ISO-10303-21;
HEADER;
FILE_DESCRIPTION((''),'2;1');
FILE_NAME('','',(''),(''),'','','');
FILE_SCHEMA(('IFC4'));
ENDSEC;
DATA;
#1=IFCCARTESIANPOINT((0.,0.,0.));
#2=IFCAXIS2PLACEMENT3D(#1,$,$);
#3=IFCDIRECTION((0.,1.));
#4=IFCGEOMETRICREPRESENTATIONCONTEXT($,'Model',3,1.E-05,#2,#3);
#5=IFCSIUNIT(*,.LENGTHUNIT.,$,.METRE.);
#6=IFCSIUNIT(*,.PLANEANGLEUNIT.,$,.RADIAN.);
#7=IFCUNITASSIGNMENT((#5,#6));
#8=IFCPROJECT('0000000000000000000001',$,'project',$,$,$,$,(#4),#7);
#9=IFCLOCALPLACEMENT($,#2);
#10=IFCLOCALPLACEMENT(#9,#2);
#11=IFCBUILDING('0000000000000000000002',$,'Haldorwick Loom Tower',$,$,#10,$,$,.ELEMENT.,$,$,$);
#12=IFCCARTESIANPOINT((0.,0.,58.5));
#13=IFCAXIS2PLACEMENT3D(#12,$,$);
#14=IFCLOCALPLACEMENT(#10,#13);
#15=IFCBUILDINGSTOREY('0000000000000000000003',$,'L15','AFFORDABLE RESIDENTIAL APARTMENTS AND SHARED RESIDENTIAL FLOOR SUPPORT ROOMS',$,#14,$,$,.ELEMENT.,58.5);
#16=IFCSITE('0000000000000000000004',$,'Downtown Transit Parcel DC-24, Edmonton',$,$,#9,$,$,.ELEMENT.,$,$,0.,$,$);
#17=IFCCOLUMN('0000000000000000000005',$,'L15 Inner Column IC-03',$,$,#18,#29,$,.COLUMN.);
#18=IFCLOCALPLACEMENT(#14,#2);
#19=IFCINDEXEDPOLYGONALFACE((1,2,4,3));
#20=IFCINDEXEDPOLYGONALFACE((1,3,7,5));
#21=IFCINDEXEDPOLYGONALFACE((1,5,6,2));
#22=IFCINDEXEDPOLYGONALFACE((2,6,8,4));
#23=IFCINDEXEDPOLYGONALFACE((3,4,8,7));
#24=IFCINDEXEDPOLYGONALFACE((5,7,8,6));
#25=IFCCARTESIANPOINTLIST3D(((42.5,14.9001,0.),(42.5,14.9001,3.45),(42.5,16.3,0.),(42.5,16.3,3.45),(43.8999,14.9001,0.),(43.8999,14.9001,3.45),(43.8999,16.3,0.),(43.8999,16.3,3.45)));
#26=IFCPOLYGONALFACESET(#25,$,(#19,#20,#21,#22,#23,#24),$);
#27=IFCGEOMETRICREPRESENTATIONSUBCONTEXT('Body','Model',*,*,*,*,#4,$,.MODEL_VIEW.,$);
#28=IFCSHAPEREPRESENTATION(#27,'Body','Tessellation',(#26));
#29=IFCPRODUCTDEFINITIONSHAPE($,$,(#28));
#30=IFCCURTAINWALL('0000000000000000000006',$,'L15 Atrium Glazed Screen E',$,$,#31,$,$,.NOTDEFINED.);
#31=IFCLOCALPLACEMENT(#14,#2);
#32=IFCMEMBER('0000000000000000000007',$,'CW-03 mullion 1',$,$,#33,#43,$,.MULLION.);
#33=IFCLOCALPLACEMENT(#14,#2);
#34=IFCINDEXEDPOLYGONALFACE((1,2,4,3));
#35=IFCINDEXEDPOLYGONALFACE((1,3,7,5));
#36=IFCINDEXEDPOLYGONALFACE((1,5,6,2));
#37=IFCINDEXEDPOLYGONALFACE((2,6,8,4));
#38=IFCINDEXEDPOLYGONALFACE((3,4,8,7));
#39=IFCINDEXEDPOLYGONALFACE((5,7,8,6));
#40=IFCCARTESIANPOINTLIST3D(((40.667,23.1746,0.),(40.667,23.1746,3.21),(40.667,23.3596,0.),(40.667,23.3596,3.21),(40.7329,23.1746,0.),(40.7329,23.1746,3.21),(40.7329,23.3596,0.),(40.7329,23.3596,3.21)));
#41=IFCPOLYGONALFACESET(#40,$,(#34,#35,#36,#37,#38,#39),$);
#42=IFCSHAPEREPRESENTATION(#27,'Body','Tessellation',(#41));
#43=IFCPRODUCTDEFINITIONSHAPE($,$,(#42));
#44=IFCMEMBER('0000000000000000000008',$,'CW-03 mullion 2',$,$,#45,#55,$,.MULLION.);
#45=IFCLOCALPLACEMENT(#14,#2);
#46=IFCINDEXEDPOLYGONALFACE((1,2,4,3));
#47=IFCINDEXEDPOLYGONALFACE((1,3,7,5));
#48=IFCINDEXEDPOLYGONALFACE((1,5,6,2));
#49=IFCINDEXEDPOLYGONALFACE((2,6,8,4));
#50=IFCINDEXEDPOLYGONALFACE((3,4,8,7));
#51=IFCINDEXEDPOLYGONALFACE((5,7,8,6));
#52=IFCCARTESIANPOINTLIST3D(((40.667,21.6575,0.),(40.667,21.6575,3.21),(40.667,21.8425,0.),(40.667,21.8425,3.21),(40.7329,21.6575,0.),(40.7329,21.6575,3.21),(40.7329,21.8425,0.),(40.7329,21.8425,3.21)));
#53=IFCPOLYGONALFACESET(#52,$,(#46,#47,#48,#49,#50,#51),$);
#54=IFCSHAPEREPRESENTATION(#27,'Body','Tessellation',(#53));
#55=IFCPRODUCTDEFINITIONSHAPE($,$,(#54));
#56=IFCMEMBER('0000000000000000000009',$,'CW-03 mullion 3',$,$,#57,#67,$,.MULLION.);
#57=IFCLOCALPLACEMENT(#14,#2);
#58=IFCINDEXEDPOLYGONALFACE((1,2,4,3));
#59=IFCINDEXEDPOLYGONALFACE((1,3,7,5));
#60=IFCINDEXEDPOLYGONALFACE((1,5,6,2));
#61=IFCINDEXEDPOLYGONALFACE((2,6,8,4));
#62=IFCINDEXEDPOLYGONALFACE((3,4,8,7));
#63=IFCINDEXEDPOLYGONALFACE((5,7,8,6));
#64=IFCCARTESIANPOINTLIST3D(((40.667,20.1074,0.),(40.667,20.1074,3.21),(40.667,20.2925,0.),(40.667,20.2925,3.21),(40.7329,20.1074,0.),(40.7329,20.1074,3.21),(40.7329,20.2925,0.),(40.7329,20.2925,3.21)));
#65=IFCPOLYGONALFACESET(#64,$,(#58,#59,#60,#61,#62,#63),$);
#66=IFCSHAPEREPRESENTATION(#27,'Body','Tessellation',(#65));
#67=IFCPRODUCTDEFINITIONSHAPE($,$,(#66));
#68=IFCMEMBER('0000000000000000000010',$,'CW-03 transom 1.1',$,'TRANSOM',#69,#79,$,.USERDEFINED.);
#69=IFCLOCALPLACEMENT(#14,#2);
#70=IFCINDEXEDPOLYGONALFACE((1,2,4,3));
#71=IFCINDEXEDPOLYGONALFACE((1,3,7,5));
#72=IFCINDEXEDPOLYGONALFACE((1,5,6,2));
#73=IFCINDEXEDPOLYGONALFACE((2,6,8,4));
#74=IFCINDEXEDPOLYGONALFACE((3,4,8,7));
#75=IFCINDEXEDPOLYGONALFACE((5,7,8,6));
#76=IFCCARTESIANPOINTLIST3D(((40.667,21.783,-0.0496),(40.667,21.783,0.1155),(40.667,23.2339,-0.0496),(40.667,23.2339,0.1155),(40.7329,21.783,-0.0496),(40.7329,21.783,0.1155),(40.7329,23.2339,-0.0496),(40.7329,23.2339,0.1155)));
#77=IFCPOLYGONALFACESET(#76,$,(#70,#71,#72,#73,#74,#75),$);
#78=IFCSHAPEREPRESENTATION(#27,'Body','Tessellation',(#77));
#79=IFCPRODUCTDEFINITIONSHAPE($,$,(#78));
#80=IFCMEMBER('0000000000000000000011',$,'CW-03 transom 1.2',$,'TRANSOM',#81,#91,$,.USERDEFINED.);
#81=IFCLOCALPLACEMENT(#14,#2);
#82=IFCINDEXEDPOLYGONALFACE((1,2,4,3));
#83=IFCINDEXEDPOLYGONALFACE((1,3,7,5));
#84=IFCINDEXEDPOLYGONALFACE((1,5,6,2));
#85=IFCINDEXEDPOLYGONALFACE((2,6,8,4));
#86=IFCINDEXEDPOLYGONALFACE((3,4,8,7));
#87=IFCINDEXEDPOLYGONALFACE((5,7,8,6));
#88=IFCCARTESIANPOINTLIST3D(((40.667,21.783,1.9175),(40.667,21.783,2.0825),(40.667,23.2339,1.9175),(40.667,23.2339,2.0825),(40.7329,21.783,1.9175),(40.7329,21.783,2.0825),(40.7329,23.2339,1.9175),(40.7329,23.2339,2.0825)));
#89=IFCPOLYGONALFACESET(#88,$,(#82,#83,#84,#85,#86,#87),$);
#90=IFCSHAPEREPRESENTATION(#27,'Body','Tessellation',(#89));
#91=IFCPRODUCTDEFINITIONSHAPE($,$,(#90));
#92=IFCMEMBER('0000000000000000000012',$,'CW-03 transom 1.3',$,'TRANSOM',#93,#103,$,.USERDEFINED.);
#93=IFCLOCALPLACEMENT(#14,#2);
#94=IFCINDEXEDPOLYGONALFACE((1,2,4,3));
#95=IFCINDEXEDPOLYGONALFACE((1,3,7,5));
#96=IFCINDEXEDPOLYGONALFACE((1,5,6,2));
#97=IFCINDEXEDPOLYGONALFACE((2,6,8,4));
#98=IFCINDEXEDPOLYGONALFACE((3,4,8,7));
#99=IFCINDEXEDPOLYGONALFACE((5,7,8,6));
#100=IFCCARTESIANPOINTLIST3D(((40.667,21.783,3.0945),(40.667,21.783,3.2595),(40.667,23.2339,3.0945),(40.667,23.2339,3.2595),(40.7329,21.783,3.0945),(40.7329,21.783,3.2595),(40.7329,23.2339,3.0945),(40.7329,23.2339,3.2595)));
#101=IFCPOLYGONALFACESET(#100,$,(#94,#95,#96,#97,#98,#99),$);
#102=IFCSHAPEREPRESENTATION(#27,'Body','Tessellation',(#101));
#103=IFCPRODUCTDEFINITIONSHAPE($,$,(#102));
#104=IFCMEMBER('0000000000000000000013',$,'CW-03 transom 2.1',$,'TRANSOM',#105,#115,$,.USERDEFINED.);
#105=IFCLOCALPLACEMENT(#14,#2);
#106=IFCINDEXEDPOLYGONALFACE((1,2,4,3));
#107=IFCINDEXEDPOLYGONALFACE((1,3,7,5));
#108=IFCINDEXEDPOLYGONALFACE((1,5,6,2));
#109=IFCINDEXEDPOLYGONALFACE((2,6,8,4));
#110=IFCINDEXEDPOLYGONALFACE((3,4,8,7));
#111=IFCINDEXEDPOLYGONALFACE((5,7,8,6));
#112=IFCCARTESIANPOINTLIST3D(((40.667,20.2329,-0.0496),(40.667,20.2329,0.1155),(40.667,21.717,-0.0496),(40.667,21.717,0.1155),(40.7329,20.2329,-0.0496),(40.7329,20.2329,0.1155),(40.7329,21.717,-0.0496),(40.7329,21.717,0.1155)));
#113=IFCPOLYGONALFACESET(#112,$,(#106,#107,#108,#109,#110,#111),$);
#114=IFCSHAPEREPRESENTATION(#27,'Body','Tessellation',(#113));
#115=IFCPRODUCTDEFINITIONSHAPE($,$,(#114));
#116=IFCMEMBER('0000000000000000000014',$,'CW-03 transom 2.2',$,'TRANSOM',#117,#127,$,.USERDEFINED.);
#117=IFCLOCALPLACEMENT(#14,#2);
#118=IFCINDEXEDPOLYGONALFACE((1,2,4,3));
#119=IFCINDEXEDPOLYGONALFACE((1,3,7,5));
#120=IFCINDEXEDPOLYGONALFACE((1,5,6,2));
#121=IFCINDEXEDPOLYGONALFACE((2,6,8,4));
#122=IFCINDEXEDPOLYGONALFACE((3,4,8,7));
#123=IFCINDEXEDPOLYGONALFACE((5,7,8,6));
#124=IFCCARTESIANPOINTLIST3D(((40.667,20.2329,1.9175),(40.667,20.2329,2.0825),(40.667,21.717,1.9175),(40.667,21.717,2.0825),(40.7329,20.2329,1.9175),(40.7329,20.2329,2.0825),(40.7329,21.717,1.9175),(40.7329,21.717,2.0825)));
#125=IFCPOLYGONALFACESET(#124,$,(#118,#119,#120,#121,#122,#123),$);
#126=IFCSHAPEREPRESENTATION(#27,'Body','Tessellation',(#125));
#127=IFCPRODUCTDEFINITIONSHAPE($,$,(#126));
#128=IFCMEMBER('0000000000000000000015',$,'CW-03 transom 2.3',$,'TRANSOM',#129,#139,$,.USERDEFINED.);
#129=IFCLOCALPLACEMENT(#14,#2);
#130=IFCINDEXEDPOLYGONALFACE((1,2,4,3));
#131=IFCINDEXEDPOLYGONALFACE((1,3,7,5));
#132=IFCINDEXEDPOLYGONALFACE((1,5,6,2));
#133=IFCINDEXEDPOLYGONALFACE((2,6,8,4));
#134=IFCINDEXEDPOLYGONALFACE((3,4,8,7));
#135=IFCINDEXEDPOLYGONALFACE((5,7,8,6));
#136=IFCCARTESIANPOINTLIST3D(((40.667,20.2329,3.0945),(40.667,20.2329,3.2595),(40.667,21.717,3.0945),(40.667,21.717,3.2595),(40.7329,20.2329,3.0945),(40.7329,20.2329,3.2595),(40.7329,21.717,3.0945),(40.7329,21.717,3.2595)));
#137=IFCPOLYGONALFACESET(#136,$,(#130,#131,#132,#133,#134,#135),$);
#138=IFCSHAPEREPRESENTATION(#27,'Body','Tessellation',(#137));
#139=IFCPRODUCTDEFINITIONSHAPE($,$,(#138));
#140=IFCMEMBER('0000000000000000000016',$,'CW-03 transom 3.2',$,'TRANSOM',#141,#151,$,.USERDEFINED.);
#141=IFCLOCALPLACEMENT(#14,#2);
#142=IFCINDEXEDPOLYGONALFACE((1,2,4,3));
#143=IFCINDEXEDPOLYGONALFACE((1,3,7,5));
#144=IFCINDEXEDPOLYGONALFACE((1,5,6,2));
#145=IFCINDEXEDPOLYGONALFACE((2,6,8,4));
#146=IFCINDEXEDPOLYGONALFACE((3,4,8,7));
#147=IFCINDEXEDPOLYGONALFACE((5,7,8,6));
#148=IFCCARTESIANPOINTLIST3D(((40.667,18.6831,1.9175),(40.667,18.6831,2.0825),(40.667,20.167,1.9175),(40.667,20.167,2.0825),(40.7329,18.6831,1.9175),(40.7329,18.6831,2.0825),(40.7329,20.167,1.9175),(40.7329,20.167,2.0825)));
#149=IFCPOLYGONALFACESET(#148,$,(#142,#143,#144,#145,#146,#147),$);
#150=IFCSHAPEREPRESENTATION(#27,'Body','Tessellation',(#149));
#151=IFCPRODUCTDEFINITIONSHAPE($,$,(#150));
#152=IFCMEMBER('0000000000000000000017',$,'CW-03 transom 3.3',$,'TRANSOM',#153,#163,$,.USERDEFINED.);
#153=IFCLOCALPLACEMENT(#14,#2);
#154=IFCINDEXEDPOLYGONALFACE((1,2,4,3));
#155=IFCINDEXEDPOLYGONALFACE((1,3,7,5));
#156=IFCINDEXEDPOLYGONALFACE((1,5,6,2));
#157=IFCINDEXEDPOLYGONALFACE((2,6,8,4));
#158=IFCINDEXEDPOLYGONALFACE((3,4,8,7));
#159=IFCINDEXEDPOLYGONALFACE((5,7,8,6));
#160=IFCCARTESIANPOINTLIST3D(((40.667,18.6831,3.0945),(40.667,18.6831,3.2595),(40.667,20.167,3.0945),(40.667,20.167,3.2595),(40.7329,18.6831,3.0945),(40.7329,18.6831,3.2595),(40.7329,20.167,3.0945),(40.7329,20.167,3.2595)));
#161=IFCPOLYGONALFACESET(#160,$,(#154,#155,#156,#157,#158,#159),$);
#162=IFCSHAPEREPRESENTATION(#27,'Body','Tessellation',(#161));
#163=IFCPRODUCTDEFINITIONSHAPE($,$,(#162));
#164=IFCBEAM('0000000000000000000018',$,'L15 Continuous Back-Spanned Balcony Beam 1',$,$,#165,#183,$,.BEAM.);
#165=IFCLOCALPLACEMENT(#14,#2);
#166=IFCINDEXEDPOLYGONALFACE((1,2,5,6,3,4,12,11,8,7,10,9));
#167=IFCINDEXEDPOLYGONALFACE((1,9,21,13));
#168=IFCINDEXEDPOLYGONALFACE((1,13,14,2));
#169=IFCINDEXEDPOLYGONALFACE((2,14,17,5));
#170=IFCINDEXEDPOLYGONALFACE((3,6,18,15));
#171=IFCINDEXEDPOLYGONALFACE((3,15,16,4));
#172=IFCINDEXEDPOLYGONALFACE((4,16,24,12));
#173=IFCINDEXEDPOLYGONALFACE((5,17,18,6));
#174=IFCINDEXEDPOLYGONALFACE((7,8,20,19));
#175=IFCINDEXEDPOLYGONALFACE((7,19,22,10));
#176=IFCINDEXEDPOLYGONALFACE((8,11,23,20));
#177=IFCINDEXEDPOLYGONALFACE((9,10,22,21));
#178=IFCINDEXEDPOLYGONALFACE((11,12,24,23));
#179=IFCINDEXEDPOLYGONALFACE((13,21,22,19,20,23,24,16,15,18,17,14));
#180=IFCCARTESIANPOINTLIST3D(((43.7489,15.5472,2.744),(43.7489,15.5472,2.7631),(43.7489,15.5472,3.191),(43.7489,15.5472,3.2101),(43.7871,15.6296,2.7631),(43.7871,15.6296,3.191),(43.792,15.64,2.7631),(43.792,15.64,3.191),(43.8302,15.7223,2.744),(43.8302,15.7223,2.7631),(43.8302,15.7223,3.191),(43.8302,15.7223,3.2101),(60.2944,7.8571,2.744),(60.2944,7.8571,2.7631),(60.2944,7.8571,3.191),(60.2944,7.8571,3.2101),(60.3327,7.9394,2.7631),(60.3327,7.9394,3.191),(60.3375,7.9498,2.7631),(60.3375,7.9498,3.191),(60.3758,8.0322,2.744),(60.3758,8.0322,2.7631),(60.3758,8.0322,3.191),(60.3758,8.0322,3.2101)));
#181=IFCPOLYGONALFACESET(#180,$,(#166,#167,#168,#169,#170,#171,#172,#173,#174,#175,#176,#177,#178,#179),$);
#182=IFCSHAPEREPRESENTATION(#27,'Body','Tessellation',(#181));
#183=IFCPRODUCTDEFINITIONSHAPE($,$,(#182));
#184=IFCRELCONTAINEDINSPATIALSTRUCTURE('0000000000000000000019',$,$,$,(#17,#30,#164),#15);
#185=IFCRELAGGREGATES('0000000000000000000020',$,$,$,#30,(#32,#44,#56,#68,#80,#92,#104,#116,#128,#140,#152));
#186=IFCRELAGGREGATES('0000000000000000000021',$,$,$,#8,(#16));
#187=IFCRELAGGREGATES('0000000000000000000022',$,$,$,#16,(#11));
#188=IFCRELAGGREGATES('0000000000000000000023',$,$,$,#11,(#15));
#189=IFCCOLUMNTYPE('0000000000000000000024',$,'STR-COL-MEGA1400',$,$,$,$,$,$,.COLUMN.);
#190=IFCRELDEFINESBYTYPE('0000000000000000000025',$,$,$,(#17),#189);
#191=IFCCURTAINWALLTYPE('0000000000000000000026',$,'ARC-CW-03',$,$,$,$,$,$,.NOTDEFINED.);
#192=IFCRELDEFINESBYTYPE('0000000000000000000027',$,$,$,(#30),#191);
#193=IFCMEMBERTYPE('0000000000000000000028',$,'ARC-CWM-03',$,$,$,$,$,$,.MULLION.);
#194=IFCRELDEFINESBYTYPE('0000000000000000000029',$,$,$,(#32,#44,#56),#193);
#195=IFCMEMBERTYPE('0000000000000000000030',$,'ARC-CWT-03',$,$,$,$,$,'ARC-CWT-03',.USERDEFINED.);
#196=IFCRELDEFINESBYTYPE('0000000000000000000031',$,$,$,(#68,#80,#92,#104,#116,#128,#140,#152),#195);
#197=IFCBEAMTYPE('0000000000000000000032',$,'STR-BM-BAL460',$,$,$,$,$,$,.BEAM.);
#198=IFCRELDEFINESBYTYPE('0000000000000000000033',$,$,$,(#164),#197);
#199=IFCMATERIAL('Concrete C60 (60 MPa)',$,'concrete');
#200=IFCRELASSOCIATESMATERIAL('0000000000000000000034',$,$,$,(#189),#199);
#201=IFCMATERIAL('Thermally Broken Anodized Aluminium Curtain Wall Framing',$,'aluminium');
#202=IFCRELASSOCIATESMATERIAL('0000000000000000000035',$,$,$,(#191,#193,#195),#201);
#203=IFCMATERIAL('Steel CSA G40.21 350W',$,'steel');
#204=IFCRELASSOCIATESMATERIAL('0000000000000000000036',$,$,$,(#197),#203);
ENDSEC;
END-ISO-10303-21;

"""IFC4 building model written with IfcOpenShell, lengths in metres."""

from ifc_helpers import new_model, si_unit, direction, frame, origin, origin_2d, place, context, subcontext, project, spatial, rectangle, i_section, extrude, material, material_profile, profile_set, type_object, element, aggregate, save


model = new_model("IFC4")

# Units and contexts
model_context = context("Model", 3, precision=1e-05, world=origin(), true_north=direction((0.0, 1.0)))
body_context = subcontext(model_context, "Body", "Model", "MODEL_VIEW")
ifc_project = project(units=[si_unit("LENGTHUNIT", "METRE"), si_unit("PLANEANGLEUNIT", "RADIAN")], contexts=[model_context])

# Site, building, storey
site_placement = place(None, origin())
site = spatial("IfcSite", under=ifc_project, at=site_placement, Name="Downtown Transit Parcel DC-24, Edmonton", CompositionType="ELEMENT", RefElevation=0.0)
building_placement = place(site_placement, origin())
building = spatial("IfcBuilding", under=site, at=building_placement, Name="Haldorwick Loom Tower", CompositionType="ELEMENT")
storey_placement = place(building_placement, frame((0.0, 0.0, 58.5)))
storey = spatial("IfcBuildingStorey", under=building, at=storey_placement, Name="L15", Description="AFFORDABLE RESIDENTIAL APARTMENTS AND SHARED RESIDENTIAL FLOOR SUPPORT ROOMS", CompositionType="ELEMENT", Elevation=58.5)

# Column
ifc_material_1 = material(Name="Concrete C60 (60 MPa)", Category="concrete")
ifc_material_profile_1 = material_profile(ifc_material_1, rectangle(XDim=1.3999, YDim=1.3999, at=origin_2d()), Name="RC1400X1400", Category="concrete")
ifc_profile_set_1 = profile_set([ifc_material_profile_1], Name="Concrete C60 (60 MPa)")
column_type = type_object("IfcColumnType", Name="STR-COL-MEGA1400", PredefinedType="COLUMN", material=ifc_profile_set_1)
column_placement = place(storey_placement, frame((43.2, 15.6001, 0.0), z_axis=(0.0, 0.0, 1.0), x_axis=(1.0, 0.0, 0.0)))
element("IfcColumn", 1, at=column_placement, inside=storey, type_object=column_type, Name="L15 Inner Column IC-03", PredefinedType="COLUMN", context=body_context, shape_type="SweptSolid", body=[
    extrude(rectangle(XDim=1.3999, YDim=1.3999, at=origin_2d()), origin(), (0.0, 0.0, 1.0), 3.45),
])

# Curtain wall, members
ifc_material_2 = material(Name="Thermally Broken Anodized Aluminium Curtain Wall Framing", Category="aluminium")
curtain_wall_type = type_object("IfcCurtainWallType", Name="ARC-CW-03", PredefinedType="NOTDEFINED", material=ifc_material_2)
curtain_wall_placement = place(storey_placement, origin())
curtain_wall = element("IfcCurtainWall", 2, at=curtain_wall_placement, inside=storey, type_object=curtain_wall_type, Name="L15 Atrium Glazed Screen E", PredefinedType="NOTDEFINED")
ifc_material_profile_2 = material_profile(ifc_material_2, rectangle(XDim=0.0659, YDim=0.1851, at=origin_2d()), Name="ALU_MUL_66X185", Category="aluminium")
ifc_profile_set_2 = profile_set([ifc_material_profile_2], Name="Thermally Broken Anodized Aluminium Curtain Wall Framing")
member_type_1 = type_object("IfcMemberType", Name="ARC-CWM-03", PredefinedType="MULLION", material=ifc_profile_set_2)
member_1_placement = place(storey_placement, frame((40.7, 23.2671, 0.0), z_axis=(0.0, 0.0, 1.0), x_axis=(1.0, 0.0, 0.0)))
member_1 = element("IfcMember", 3, at=member_1_placement, type_object=member_type_1, Name="CW-03 mullion 1", PredefinedType="MULLION", context=body_context, shape_type="SweptSolid", body=[
    extrude(rectangle(XDim=0.0659, YDim=0.1851, at=origin_2d()), origin(), (0.0, 0.0, 1.0), 3.21),
])
member_2_placement = place(storey_placement, frame((40.7, 21.75, 0.0), z_axis=(0.0, 0.0, 1.0), x_axis=(1.0, 0.0, 0.0)))
member_2 = element("IfcMember", 4, at=member_2_placement, type_object=member_type_1, Name="CW-03 mullion 2", PredefinedType="MULLION", context=body_context, shape_type="SweptSolid", body=[
    extrude(rectangle(XDim=0.0659, YDim=0.1851, at=origin_2d()), origin(), (0.0, 0.0, 1.0), 3.21),
])
member_3_placement = place(storey_placement, frame((40.7, 20.2, 0.0), z_axis=(0.0, 0.0, 1.0), x_axis=(1.0, 0.0, 0.0)))
member_3 = element("IfcMember", 5, at=member_3_placement, type_object=member_type_1, Name="CW-03 mullion 3", PredefinedType="MULLION", context=body_context, shape_type="SweptSolid", body=[
    extrude(rectangle(XDim=0.0659, YDim=0.1851, at=origin_2d()), origin(), (0.0, 0.0, 1.0), 3.21),
])
ifc_material_profile_3 = material_profile(ifc_material_2, rectangle(XDim=0.0659, YDim=0.165, at=origin_2d()), Name="ALU_TRN_66X165", Category="aluminium")
ifc_profile_set_3 = profile_set([ifc_material_profile_3], Name="Thermally Broken Anodized Aluminium Curtain Wall Framing")
member_type_2 = type_object("IfcMemberType", Name="ARC-CWT-03", ElementType="ARC-CWT-03", PredefinedType="USERDEFINED", material=ifc_profile_set_3)
member_4_placement = place(storey_placement, frame((40.7, 23.2339, 0.033), z_axis=(0.0, -1.0, 0.0), x_axis=(1.0, 0.0, 0.0)))
member_4 = element("IfcMember", 6, at=member_4_placement, type_object=member_type_2, Name="CW-03 transom 1.1", ObjectType="TRANSOM", PredefinedType="USERDEFINED", context=body_context, shape_type="SweptSolid", body=[
    extrude(rectangle(XDim=0.0659, YDim=0.165, at=origin_2d()), origin(), (0.0, 0.0, 1.0), 1.4509),
])
member_5_placement = place(storey_placement, frame((40.7, 23.2339, 2.0), z_axis=(0.0, -1.0, 0.0), x_axis=(1.0, 0.0, 0.0)))
member_5 = element("IfcMember", 7, at=member_5_placement, type_object=member_type_2, Name="CW-03 transom 1.2", ObjectType="TRANSOM", PredefinedType="USERDEFINED", context=body_context, shape_type="SweptSolid", body=[
    extrude(rectangle(XDim=0.0659, YDim=0.165, at=origin_2d()), origin(), (0.0, 0.0, 1.0), 1.4509),
])
member_6_placement = place(storey_placement, frame((40.7, 23.2339, 3.177), z_axis=(0.0, -1.0, 0.0), x_axis=(1.0, 0.0, 0.0)))
member_6 = element("IfcMember", 8, at=member_6_placement, type_object=member_type_2, Name="CW-03 transom 1.3", ObjectType="TRANSOM", PredefinedType="USERDEFINED", context=body_context, shape_type="SweptSolid", body=[
    extrude(rectangle(XDim=0.0659, YDim=0.165, at=origin_2d()), origin(), (0.0, 0.0, 1.0), 1.4509),
])
member_7_placement = place(storey_placement, frame((40.7, 21.717, 0.033), z_axis=(0.0, -1.0, 0.0), x_axis=(1.0, 0.0, 0.0)))
member_7 = element("IfcMember", 9, at=member_7_placement, type_object=member_type_2, Name="CW-03 transom 2.1", ObjectType="TRANSOM", PredefinedType="USERDEFINED", context=body_context, shape_type="SweptSolid", body=[
    extrude(rectangle(XDim=0.0659, YDim=0.165, at=origin_2d()), origin(), (0.0, 0.0, 1.0), 1.4841),
])
member_8_placement = place(storey_placement, frame((40.7, 21.717, 2.0), z_axis=(0.0, -1.0, 0.0), x_axis=(1.0, 0.0, 0.0)))
member_8 = element("IfcMember", 10, at=member_8_placement, type_object=member_type_2, Name="CW-03 transom 2.2", ObjectType="TRANSOM", PredefinedType="USERDEFINED", context=body_context, shape_type="SweptSolid", body=[
    extrude(rectangle(XDim=0.0659, YDim=0.165, at=origin_2d()), origin(), (0.0, 0.0, 1.0), 1.4841),
])
member_9_placement = place(storey_placement, frame((40.7, 21.717, 3.177), z_axis=(0.0, -1.0, 0.0), x_axis=(1.0, 0.0, 0.0)))
member_9 = element("IfcMember", 11, at=member_9_placement, type_object=member_type_2, Name="CW-03 transom 2.3", ObjectType="TRANSOM", PredefinedType="USERDEFINED", context=body_context, shape_type="SweptSolid", body=[
    extrude(rectangle(XDim=0.0659, YDim=0.165, at=origin_2d()), origin(), (0.0, 0.0, 1.0), 1.4841),
])
member_10_placement = place(storey_placement, frame((40.7, 20.167, 2.0), z_axis=(0.0, -1.0, 0.0), x_axis=(1.0, 0.0, 0.0)))
member_10 = element("IfcMember", 12, at=member_10_placement, type_object=member_type_2, Name="CW-03 transom 3.2", ObjectType="TRANSOM", PredefinedType="USERDEFINED", context=body_context, shape_type="SweptSolid", body=[
    extrude(rectangle(XDim=0.0659, YDim=0.165, at=origin_2d()), origin(), (0.0, 0.0, 1.0), 1.4839),
])
member_11_placement = place(storey_placement, frame((40.7, 20.167, 3.177), z_axis=(0.0, -1.0, 0.0), x_axis=(1.0, 0.0, 0.0)))
member_11 = element("IfcMember", 13, at=member_11_placement, type_object=member_type_2, Name="CW-03 transom 3.3", ObjectType="TRANSOM", PredefinedType="USERDEFINED", context=body_context, shape_type="SweptSolid", body=[
    extrude(rectangle(XDim=0.0659, YDim=0.165, at=origin_2d()), origin(), (0.0, 0.0, 1.0), 1.4839),
])

# Beam
ifc_material_3 = material(Name="Steel CSA G40.21 350W", Category="steel")
ifc_material_profile_4 = material_profile(ifc_material_3, i_section(OverallWidth=0.1931, OverallDepth=0.4661, WebThickness=0.0115, FlangeThickness=0.019, at=origin_2d()), Name="W460X97", Category="steel")
ifc_profile_set_4 = profile_set([ifc_material_profile_4], Name="Steel CSA G40.21 350W")
beam_type_1 = type_object("IfcBeamType", Name="STR-BM-BAL460", PredefinedType="BEAM", material=ifc_profile_set_4)
beam_1_placement = place(storey_placement, frame((43.7896, 15.6348, 2.9771), z_axis=(0.906836, -0.421484, 0.0), x_axis=(0.421484, 0.906836, 0.0)))
element("IfcBeam", 14, at=beam_1_placement, inside=storey, type_object=beam_type_1, Name="L15 Continuous Back-Spanned Balcony Beam 1", PredefinedType="BEAM", context=body_context, shape_type="SweptSolid", body=[
    extrude(i_section(OverallWidth=0.1931, OverallDepth=0.4661, WebThickness=0.0115, FlangeThickness=0.019, at=origin_2d()), origin(), (0.0, 0.0, 1.0), 18.2454),
])

aggregate(curtain_wall, [member_1, member_2, member_3, member_4, member_5, member_6, member_7, member_8, member_9, member_10, member_11])

save(model, "model.ifc")
